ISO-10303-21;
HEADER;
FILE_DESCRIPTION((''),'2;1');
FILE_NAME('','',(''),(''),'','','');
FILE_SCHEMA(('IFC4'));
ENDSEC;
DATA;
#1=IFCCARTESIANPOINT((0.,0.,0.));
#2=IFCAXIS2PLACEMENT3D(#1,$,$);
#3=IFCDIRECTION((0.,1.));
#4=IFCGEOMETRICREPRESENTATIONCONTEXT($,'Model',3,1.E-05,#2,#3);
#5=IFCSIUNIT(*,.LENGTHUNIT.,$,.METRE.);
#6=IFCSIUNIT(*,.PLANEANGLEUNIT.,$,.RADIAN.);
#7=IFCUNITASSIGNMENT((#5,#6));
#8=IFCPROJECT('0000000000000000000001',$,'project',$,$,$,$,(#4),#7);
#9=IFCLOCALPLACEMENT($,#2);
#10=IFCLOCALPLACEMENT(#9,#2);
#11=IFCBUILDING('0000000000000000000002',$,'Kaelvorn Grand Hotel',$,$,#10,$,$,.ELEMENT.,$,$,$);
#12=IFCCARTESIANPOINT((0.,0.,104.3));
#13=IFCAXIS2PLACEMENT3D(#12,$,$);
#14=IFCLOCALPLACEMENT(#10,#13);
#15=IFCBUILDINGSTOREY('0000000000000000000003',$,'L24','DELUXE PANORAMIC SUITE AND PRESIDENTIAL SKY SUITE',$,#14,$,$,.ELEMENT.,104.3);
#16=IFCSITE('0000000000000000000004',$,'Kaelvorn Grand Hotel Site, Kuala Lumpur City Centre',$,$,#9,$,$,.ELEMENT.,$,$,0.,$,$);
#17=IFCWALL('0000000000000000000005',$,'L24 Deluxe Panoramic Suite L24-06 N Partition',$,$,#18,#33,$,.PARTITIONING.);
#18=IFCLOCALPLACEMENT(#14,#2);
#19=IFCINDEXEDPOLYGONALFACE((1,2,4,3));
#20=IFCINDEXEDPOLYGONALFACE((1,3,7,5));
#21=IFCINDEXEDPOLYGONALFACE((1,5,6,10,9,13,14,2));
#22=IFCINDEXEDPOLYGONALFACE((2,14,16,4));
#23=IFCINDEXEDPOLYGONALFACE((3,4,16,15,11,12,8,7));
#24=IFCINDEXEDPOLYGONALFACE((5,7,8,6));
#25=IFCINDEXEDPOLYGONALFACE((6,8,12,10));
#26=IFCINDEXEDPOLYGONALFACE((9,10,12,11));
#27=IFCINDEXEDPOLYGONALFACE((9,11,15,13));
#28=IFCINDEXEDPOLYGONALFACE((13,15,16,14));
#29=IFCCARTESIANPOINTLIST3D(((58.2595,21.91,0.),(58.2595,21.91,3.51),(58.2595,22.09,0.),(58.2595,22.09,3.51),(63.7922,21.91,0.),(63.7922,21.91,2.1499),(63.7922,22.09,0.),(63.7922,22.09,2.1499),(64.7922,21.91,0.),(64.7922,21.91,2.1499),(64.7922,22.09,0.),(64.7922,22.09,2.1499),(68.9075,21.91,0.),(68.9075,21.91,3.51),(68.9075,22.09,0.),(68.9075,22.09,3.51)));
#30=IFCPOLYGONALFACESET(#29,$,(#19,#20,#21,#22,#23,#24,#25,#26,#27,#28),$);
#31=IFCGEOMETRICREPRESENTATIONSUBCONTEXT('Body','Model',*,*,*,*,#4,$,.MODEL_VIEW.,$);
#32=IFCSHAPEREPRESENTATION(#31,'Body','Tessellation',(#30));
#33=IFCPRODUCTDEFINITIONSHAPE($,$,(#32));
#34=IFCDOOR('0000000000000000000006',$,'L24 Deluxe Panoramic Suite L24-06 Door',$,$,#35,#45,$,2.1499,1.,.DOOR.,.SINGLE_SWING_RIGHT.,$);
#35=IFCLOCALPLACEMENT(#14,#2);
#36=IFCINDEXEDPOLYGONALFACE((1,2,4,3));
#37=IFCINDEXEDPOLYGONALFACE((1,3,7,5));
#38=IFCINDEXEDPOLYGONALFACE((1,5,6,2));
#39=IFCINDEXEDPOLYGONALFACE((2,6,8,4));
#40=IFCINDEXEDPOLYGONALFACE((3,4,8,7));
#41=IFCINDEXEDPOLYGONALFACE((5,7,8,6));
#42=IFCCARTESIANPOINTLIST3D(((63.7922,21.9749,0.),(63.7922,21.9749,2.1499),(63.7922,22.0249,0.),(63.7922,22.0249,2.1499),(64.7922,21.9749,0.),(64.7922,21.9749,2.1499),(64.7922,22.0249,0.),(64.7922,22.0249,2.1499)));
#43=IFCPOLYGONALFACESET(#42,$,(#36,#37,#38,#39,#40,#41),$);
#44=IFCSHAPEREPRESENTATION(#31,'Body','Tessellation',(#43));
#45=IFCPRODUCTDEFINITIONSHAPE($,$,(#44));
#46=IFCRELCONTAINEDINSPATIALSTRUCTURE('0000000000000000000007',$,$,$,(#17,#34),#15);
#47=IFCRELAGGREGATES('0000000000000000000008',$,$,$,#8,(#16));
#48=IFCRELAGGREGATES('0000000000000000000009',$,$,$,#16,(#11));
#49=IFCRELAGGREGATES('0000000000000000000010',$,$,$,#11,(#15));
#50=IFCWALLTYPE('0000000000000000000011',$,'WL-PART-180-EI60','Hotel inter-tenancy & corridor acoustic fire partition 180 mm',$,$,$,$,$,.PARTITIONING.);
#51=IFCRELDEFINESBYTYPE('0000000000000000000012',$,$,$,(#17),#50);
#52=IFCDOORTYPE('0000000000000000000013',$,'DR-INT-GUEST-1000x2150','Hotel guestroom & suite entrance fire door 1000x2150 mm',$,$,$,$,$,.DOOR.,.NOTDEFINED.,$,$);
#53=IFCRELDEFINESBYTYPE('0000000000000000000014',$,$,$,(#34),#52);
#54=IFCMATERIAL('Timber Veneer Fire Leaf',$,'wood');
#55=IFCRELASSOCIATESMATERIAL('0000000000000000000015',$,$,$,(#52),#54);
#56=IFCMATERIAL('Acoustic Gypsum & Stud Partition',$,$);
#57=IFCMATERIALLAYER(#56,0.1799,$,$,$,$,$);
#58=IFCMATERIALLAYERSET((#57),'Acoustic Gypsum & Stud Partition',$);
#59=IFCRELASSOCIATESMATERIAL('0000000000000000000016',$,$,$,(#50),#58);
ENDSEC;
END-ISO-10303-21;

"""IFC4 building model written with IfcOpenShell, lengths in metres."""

from ifc_helpers import new_model, si_unit, direction, frame, frame_2d, origin, place, context, subcontext, project, spatial, rectangle, extrude, material, layer, layer_set, type_object, element, fill, save


model = new_model("IFC4")

# Units and contexts
model_context = context("Model", 3, precision=1e-05, world=origin(), true_north=direction((0.0, 1.0)))
body_context = subcontext(model_context, "Body", "Model", "MODEL_VIEW")
ifc_project = project(units=[si_unit("LENGTHUNIT", "METRE"), si_unit("PLANEANGLEUNIT", "RADIAN")], contexts=[model_context])

# Site, building, storey
site_placement = place(None, origin())
site = spatial("IfcSite", under=ifc_project, at=site_placement, Name="Kaelvorn Grand Hotel Site, Kuala Lumpur City Centre", CompositionType="ELEMENT", RefElevation=0.0)
building_placement = place(site_placement, origin())
building = spatial("IfcBuilding", under=site, at=building_placement, Name="Kaelvorn Grand Hotel", CompositionType="ELEMENT")
storey_placement = place(building_placement, frame((0.0, 0.0, 104.3)))
storey = spatial("IfcBuildingStorey", under=building, at=storey_placement, Name="L24", Description="DELUXE PANORAMIC SUITE AND PRESIDENTIAL SKY SUITE", CompositionType="ELEMENT", Elevation=104.3)

# Shared definitions
ifc_material_1 = material(Name="Acoustic Gypsum & Stud Partition")
ifc_material_2 = material(Name="Timber Veneer Fire Leaf", Category="wood")
door_type_1 = type_object("IfcDoorType", Name="DR-INT-GUEST-1000x2150", Description="Hotel guestroom & suite entrance fire door 1000x2150 mm", OperationType="NOTDEFINED", PredefinedType="DOOR", material=ifc_material_2)

# Wall, opening, door
ifc_layer_1 = layer(ifc_material_1, 0.1799)
ifc_layer_set_1 = layer_set([ifc_layer_1], Name="Acoustic Gypsum & Stud Partition")
wall_type_1 = type_object("IfcWallType", Name="WL-PART-180-EI60", Description="Hotel inter-tenancy & corridor acoustic fire partition 180 mm", PredefinedType="PARTITIONING", material=ifc_layer_set_1)
wall_1_placement = place(storey_placement, frame((58.2595, 22.0, 0.0), z_axis=(0.0, 0.0, 1.0), x_axis=(1.0, 0.0, 0.0)))
wall_1 = element("IfcWall", 1, at=wall_1_placement, inside=storey, type_object=wall_type_1, Name="L24 Deluxe Panoramic Suite L24-06 N Partition", PredefinedType="PARTITIONING", context=body_context, shape_type="SweptSolid", body=[
    extrude(rectangle(XDim=10.6479, YDim=0.1799, at=frame_2d((5.324, 0.0))), origin(), (0.0, 0.0, 1.0), 3.51),
])
opening_1_placement = place(wall_1_placement, frame((5.5327, 0.0, 0.0)))
opening_1 = element("IfcOpeningElement", 2, at=opening_1_placement, cuts=wall_1, PredefinedType="OPENING", context=body_context, shape_type="SweptSolid", body=[
    extrude(rectangle(XDim=1.0, YDim=2.1499, at=frame_2d((0.5, 1.075))), frame((0.0, 0.1001, 0.0), z_axis=(0.0, -1.0, 0.0), x_axis=(1.0, 0.0, 0.0)), (0.0, 0.0, 1.0), 0.2),
])
door_1_placement = place(opening_1_placement, origin())
door_1 = element("IfcDoor", 3, at=door_1_placement, inside=storey, type_object=door_type_1, Name="L24 Deluxe Panoramic Suite L24-06 Door", OperationType="SINGLE_SWING_RIGHT", OverallHeight=2.1499, OverallWidth=1.0, PredefinedType="DOOR", context=body_context, shape_type="SweptSolid", body=[
    extrude(rectangle(XDim=1.0, YDim=2.1499, at=frame_2d((0.5, 1.075))), frame((0.0, 0.0249, 0.0), z_axis=(0.0, -1.0, 0.0), x_axis=(1.0, 0.0, 0.0)), (0.0, 0.0, 1.0), 0.05),
])
fill(opening_1, door_1)

save(model, "model.ifc")
